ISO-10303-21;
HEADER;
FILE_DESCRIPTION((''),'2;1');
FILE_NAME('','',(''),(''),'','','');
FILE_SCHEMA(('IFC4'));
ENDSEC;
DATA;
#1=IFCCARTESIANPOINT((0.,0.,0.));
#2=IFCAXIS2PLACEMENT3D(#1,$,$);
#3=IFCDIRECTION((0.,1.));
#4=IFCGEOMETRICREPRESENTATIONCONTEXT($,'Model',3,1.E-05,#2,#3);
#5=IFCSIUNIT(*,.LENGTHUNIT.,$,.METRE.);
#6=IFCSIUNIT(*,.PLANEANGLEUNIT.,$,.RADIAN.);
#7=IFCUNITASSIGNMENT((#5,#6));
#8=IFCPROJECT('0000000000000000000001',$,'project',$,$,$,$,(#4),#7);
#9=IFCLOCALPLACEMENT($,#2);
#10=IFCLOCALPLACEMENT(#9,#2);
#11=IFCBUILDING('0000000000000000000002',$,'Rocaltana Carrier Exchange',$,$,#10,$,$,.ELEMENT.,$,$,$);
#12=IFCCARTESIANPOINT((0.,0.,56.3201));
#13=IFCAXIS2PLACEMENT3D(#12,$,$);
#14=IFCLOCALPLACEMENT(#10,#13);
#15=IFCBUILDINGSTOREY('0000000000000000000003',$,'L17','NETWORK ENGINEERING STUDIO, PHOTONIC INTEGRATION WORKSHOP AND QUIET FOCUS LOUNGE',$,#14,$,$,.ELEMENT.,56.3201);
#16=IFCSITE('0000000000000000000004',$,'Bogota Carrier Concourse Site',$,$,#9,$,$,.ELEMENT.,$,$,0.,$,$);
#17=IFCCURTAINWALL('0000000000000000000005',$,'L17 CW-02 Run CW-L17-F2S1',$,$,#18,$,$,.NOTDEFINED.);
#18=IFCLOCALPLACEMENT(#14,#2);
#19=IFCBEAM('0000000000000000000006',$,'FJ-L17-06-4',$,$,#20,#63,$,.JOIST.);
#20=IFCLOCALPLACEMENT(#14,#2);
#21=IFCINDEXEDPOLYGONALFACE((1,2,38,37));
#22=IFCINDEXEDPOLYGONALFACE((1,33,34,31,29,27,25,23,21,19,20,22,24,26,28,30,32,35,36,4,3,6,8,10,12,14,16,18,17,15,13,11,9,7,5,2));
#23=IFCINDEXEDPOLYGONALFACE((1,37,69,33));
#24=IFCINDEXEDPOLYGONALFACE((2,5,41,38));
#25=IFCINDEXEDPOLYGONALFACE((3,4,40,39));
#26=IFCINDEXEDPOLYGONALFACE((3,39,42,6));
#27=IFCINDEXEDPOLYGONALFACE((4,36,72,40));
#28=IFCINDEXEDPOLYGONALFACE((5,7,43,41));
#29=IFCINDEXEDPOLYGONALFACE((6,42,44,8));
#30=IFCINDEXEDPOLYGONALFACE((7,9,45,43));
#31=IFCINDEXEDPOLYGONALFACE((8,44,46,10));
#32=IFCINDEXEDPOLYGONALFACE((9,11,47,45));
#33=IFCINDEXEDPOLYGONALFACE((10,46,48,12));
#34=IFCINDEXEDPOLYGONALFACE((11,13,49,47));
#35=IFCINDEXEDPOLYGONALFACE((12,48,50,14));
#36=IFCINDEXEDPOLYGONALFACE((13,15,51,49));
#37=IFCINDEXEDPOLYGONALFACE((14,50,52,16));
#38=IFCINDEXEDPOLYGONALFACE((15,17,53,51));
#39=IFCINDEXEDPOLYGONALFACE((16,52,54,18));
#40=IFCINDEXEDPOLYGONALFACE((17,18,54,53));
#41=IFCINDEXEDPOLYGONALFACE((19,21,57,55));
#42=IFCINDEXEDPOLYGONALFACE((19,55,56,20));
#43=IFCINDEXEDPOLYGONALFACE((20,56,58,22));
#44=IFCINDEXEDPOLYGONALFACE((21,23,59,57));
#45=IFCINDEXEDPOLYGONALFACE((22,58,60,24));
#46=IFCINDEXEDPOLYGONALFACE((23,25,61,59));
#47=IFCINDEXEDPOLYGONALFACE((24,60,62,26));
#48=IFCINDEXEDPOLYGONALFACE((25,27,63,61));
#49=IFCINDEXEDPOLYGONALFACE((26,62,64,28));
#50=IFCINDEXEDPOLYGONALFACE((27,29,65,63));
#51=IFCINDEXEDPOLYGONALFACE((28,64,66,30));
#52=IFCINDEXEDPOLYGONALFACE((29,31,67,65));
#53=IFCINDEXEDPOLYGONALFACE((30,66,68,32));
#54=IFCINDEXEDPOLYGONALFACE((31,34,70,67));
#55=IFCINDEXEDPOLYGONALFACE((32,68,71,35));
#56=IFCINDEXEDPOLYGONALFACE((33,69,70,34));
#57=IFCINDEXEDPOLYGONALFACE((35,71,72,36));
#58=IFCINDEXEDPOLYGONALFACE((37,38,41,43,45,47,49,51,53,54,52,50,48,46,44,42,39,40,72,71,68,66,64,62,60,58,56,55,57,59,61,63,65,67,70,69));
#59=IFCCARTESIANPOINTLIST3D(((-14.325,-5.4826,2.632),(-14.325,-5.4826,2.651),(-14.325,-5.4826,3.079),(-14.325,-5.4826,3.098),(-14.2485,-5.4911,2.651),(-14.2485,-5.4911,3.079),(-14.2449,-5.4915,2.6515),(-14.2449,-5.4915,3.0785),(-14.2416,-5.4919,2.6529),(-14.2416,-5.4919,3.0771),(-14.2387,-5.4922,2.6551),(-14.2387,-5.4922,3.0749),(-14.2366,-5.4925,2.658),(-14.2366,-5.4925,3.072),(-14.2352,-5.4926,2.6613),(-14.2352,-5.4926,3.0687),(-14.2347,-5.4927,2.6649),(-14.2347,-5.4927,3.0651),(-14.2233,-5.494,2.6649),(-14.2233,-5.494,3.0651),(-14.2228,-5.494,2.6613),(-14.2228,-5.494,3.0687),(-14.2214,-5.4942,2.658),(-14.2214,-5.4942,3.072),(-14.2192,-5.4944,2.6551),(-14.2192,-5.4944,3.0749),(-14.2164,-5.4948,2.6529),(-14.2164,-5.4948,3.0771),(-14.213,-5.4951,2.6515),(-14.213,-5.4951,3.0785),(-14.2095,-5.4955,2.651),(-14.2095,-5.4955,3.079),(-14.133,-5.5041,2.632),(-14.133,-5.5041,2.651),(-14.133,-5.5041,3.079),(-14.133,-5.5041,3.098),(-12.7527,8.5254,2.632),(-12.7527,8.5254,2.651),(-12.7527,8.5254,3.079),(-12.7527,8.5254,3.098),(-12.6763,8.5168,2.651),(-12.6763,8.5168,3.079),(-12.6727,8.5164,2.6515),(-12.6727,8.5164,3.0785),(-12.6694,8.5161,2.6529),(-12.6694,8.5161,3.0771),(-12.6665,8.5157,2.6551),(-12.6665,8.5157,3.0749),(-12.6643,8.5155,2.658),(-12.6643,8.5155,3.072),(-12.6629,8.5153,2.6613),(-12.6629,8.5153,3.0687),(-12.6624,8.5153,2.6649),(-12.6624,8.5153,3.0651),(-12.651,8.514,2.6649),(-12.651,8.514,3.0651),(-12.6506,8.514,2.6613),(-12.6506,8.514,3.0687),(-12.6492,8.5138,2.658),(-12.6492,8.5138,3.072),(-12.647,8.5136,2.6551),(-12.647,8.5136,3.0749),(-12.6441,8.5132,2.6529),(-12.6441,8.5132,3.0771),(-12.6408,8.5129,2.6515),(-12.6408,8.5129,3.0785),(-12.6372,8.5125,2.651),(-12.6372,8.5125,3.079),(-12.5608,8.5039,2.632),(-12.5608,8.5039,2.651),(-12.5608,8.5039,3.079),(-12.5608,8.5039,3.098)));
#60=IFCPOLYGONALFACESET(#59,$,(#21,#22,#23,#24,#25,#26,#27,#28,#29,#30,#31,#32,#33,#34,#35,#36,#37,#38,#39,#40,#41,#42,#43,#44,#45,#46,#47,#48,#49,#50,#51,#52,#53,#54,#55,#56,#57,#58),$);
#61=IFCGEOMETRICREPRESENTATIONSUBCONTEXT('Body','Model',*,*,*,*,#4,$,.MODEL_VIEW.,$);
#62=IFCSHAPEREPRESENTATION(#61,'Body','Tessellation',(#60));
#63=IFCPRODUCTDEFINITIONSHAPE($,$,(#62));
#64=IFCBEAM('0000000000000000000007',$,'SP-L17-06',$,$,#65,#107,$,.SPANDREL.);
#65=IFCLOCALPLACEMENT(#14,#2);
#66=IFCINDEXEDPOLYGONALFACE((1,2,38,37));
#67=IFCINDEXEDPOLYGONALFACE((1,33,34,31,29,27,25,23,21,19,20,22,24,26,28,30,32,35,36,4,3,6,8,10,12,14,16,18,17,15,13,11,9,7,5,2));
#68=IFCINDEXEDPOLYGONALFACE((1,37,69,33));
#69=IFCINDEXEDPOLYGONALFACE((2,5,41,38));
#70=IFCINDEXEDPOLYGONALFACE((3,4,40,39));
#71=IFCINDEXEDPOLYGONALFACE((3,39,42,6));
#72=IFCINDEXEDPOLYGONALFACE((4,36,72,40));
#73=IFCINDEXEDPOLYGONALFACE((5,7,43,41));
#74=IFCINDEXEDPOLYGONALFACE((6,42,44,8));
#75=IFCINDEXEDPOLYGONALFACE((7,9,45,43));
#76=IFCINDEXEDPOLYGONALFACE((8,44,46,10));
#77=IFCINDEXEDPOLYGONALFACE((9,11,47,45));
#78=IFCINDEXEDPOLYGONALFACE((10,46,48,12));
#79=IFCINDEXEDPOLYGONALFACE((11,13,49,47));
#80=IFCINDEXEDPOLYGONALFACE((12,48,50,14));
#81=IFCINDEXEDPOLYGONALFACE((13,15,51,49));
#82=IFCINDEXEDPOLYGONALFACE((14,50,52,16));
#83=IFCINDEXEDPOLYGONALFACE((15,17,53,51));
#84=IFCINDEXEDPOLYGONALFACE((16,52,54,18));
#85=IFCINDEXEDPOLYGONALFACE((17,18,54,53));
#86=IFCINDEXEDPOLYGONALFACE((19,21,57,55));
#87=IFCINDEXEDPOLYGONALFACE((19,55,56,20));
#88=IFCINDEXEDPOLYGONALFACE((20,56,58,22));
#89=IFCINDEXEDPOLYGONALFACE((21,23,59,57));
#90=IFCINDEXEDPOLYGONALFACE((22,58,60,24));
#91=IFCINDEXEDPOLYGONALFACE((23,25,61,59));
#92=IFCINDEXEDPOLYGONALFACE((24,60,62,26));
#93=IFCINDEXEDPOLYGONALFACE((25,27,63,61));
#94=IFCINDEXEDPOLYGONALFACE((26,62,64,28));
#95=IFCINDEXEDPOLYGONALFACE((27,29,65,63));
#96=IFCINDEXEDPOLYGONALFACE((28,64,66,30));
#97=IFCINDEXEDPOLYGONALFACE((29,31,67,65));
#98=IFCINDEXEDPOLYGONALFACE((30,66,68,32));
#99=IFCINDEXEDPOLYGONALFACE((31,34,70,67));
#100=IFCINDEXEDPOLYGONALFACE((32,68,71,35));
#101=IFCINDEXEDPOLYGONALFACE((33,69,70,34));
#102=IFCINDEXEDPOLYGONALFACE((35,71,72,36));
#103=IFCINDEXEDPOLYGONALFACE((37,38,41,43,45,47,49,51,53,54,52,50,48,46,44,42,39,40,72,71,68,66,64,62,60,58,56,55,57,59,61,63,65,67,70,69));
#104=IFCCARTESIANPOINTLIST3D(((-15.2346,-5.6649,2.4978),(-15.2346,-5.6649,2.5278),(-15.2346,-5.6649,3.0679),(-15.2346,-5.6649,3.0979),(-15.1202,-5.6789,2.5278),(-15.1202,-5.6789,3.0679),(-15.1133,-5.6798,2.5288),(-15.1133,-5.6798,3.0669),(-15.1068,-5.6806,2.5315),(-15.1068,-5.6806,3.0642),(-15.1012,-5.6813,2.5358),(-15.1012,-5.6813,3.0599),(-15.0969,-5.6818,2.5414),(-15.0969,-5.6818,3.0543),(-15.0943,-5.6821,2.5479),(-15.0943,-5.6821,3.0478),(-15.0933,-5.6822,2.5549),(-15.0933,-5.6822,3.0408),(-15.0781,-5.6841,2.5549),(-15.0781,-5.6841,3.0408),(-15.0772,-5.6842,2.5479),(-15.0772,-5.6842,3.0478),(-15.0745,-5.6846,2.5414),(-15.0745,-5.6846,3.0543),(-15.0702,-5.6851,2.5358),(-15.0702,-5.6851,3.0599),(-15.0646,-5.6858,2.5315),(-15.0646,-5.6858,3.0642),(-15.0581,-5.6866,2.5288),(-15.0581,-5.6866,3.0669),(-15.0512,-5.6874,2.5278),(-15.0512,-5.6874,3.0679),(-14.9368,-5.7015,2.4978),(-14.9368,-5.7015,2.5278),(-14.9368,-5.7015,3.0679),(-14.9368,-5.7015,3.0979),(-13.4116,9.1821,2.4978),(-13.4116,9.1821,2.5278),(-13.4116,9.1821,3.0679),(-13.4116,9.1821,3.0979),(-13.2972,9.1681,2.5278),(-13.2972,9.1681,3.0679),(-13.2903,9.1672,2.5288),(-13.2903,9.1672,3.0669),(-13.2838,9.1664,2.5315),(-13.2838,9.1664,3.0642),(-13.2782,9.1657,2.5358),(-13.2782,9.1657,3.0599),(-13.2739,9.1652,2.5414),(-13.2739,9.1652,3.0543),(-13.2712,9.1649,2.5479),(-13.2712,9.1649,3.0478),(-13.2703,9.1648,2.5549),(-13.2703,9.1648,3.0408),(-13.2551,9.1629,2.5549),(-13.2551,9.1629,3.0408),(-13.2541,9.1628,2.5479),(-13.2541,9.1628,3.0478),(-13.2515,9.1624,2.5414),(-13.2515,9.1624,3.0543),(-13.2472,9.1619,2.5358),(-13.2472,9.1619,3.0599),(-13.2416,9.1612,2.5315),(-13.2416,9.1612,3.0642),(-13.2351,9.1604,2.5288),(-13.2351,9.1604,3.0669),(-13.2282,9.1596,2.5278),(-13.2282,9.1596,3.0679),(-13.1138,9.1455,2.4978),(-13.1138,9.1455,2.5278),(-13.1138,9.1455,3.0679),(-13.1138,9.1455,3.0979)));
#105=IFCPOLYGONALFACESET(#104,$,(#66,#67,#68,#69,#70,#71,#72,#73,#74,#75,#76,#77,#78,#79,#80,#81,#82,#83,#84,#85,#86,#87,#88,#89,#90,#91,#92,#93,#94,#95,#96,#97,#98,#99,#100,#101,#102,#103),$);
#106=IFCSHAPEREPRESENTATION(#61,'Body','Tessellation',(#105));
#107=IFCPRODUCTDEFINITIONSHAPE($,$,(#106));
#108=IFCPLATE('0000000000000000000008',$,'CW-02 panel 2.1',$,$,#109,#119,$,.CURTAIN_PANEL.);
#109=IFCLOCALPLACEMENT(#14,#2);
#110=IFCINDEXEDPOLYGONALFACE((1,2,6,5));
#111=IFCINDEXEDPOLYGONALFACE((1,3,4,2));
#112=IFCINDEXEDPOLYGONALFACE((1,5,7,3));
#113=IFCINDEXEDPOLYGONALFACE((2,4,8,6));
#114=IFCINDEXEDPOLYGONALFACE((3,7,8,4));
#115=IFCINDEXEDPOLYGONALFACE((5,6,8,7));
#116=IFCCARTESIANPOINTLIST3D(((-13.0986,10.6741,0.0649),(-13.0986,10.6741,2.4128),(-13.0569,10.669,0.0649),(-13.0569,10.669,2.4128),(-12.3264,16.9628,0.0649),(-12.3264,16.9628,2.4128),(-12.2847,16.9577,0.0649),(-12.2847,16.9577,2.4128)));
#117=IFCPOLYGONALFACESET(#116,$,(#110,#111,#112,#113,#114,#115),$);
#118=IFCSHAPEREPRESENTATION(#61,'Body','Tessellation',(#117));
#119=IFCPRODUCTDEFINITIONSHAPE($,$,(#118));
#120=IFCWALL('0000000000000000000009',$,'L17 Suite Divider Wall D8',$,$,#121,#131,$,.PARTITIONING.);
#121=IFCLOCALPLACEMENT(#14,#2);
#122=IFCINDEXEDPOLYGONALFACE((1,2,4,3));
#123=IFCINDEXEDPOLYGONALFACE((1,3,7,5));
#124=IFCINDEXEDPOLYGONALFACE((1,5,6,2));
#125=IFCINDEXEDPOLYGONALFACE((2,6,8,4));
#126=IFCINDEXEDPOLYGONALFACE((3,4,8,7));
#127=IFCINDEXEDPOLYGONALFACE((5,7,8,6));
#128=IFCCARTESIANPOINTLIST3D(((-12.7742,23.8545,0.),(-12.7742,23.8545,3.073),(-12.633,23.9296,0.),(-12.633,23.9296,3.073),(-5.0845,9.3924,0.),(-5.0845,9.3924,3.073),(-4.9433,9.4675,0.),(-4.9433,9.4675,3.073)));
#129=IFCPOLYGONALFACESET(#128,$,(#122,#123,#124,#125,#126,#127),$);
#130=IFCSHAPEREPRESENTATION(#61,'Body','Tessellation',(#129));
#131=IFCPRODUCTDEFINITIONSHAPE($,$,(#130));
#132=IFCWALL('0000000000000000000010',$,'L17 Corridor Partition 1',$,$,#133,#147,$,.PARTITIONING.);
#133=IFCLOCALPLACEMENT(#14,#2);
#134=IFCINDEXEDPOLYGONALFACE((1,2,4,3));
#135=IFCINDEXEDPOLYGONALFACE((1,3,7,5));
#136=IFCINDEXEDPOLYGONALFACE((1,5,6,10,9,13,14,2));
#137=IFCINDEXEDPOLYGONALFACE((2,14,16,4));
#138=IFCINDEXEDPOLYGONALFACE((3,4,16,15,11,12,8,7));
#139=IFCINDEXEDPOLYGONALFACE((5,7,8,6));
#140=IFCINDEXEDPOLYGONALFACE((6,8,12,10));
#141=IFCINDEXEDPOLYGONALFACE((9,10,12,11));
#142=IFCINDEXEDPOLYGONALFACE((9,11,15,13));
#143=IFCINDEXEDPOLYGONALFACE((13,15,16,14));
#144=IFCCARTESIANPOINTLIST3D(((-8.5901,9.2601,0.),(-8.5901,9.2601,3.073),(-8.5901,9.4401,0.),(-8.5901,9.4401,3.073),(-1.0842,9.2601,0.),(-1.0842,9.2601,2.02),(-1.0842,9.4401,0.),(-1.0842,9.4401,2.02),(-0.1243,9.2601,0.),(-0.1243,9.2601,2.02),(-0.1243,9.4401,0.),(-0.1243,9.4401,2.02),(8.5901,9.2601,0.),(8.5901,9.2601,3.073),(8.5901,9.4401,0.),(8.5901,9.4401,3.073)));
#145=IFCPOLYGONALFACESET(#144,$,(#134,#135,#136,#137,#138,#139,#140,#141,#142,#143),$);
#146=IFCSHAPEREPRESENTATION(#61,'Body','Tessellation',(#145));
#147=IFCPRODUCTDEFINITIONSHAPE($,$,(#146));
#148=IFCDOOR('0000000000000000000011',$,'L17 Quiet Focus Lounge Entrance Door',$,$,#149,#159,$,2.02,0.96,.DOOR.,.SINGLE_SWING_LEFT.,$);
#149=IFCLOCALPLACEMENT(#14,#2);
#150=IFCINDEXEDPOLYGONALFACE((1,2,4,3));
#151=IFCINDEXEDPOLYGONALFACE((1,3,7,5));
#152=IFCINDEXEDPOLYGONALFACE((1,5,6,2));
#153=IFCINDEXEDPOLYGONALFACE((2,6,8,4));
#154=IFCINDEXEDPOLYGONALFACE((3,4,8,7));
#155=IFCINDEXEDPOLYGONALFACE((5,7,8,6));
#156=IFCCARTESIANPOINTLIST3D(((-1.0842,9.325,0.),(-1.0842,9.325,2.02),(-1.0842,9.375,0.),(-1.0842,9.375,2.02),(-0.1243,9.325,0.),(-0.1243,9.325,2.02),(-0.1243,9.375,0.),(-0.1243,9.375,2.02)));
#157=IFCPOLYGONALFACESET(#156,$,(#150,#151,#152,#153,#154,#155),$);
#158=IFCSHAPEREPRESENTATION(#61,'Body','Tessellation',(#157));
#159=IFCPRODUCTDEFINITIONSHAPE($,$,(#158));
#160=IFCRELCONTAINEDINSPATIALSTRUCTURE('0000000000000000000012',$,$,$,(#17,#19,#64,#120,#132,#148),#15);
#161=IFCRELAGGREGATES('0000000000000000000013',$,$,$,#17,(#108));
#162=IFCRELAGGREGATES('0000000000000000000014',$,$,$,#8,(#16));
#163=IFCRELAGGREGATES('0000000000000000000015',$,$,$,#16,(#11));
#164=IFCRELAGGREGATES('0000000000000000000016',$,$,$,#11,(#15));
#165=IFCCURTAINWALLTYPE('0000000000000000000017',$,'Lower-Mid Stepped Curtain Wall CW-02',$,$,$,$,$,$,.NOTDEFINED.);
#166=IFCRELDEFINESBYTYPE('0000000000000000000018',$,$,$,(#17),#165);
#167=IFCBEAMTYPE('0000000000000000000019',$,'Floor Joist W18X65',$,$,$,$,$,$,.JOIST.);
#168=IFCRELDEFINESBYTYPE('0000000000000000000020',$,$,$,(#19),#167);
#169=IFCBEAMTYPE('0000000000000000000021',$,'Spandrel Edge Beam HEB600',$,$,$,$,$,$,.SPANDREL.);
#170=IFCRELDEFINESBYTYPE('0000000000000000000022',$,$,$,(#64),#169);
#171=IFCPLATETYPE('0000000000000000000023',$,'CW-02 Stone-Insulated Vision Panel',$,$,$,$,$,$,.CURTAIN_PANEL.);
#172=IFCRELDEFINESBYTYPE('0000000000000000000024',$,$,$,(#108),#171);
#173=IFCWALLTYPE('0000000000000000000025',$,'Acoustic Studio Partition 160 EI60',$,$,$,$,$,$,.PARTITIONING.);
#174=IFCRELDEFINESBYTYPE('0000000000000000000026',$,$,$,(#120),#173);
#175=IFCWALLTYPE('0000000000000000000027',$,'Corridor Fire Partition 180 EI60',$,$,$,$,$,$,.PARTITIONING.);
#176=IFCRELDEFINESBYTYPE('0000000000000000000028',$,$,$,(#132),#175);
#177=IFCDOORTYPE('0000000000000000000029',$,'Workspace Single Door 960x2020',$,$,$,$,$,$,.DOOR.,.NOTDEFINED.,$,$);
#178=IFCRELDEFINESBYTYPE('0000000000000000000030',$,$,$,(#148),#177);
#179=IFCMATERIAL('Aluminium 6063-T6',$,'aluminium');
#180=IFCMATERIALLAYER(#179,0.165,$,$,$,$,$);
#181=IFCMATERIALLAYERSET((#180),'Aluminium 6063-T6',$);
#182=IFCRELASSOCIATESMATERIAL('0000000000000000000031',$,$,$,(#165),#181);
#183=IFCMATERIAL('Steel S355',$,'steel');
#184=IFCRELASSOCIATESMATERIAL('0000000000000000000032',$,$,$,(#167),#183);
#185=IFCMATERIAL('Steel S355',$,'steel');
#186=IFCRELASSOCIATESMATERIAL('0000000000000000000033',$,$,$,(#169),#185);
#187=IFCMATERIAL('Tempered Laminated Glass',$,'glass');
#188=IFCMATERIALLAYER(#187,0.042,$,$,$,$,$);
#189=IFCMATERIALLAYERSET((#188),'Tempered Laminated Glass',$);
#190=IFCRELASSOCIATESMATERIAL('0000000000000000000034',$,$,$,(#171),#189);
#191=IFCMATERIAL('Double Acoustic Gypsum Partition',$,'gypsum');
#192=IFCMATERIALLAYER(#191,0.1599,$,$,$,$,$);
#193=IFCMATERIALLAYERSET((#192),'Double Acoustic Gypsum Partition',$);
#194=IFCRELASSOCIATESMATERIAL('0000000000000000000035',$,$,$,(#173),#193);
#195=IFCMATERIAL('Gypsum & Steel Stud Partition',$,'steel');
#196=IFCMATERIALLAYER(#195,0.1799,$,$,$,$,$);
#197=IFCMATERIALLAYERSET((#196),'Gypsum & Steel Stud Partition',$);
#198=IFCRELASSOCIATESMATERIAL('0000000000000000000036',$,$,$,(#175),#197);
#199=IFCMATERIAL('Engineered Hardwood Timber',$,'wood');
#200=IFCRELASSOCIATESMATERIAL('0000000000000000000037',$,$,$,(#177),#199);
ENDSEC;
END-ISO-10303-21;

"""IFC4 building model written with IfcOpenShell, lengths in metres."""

from ifc_helpers import new_model, si_unit, direction, frame, frame_2d, origin, origin_2d, place, context, subcontext, project, spatial, rectangle, i_section, extrude, material, layer, layer_set, material_profile, profile_set, type_object, element, fill, aggregate, save


model = new_model("IFC4")

# Units and contexts
model_context = context("Model", 3, precision=1e-05, world=origin(), true_north=direction((0.0, 1.0)))
body_context = subcontext(model_context, "Body", "Model", "MODEL_VIEW")
ifc_project = project(units=[si_unit("LENGTHUNIT", "METRE"), si_unit("PLANEANGLEUNIT", "RADIAN")], contexts=[model_context])

# Site, building, storey
site_placement = place(None, origin())
site = spatial("IfcSite", under=ifc_project, at=site_placement, Name="Bogota Carrier Concourse Site", CompositionType="ELEMENT", RefElevation=0.0)
building_placement = place(site_placement, origin())
building = spatial("IfcBuilding", under=site, at=building_placement, Name="Rocaltana Carrier Exchange", CompositionType="ELEMENT")
storey_placement = place(building_placement, frame((0.0, 0.0, 56.3201)))
storey = spatial("IfcBuildingStorey", under=building, at=storey_placement, Name="L17", Description="NETWORK ENGINEERING STUDIO, PHOTONIC INTEGRATION WORKSHOP AND QUIET FOCUS LOUNGE", CompositionType="ELEMENT", Elevation=56.3201)

# Curtain wall
ifc_material_1 = material(Name="Aluminium 6063-T6", Category="aluminium")
ifc_layer_1 = layer(ifc_material_1, 0.165)
ifc_layer_set_1 = layer_set([ifc_layer_1], Name="Aluminium 6063-T6")
curtain_wall_type = type_object("IfcCurtainWallType", Name="Lower-Mid Stepped Curtain Wall CW-02", PredefinedType="NOTDEFINED", material=ifc_layer_set_1)
curtain_wall_1_placement = place(storey_placement, origin())
curtain_wall_1 = element("IfcCurtainWall", 1, at=curtain_wall_1_placement, inside=storey, type_object=curtain_wall_type, Name="L17 CW-02 Run CW-L17-F2S1", PredefinedType="NOTDEFINED")

# Beams
ifc_material_2 = material(Name="Steel S355", Category="steel")
ifc_material_profile_1 = material_profile(ifc_material_2, i_section(OverallWidth=0.1931, OverallDepth=0.4661, WebThickness=0.0115, FlangeThickness=0.019, FilletRadius=0.0139, at=origin_2d()), Name="W18X65")
ifc_profile_set_1 = profile_set([ifc_material_profile_1], Name="Steel S355")
beam_type_1 = type_object("IfcBeamType", Name="Floor Joist W18X65", PredefinedType="JOIST", material=ifc_profile_set_1)
beam_1_placement = place(storey_placement, frame((-12.6567, 8.5146, 2.865), z_axis=(-0.11154, -0.99376, 0.0), x_axis=(0.99376, -0.11154, 0.0)))
element("IfcBeam", 2, at=beam_1_placement, inside=storey, type_object=beam_type_1, Name="FJ-L17-06-4", PredefinedType="JOIST", context=body_context, shape_type="SweptSolid", body=[
    extrude(i_section(OverallWidth=0.1931, OverallDepth=0.4661, WebThickness=0.0115, FlangeThickness=0.019, FilletRadius=0.0139, at=origin_2d()), origin(), (0.0, 0.0, 1.0), 14.0959),
])
ifc_material_3 = material(Name="Steel S355", Category="steel")
ifc_material_profile_2 = material_profile(ifc_material_3, i_section(OverallWidth=0.3, OverallDepth=0.6001, WebThickness=0.0154, FlangeThickness=0.03, FilletRadius=0.0271, at=origin_2d()), Name="HEB600")
ifc_profile_set_2 = profile_set([ifc_material_profile_2], Name="Steel S355")
beam_type_2 = type_object("IfcBeamType", Name="Spandrel Edge Beam HEB600", PredefinedType="SPANDREL", material=ifc_profile_set_2)
beam_2_placement = place(storey_placement, frame((-13.2627, 9.1638, 2.7979), z_axis=(-0.121871, -0.992546, 0.0), x_axis=(0.992546, -0.121871, 0.0)))
element("IfcBeam", 3, at=beam_2_placement, inside=storey, type_object=beam_type_2, Name="SP-L17-06", PredefinedType="SPANDREL", context=body_context, shape_type="SweptSolid", body=[
    extrude(i_section(OverallWidth=0.3, OverallDepth=0.6001, WebThickness=0.0154, FlangeThickness=0.03, FilletRadius=0.0271, at=origin_2d()), origin(), (0.0, 0.0, 1.0), 14.9585),
])

# Plate
ifc_material_4 = material(Name="Tempered Laminated Glass", Category="glass")
ifc_layer_2 = layer(ifc_material_4, 0.042)
ifc_layer_set_2 = layer_set([ifc_layer_2], Name="Tempered Laminated Glass")
plate_type = type_object("IfcPlateType", Name="CW-02 Stone-Insulated Vision Panel", PredefinedType="CURTAIN_PANEL", material=ifc_layer_set_2)
plate_placement = place(storey_placement, frame((-12.6917, 13.8159, 0.0649), z_axis=(0.0, 0.0, 1.0), x_axis=(-0.121873, -0.992546, 0.0)))
plate = element("IfcPlate", 4, at=plate_placement, type_object=plate_type, Name="CW-02 panel 2.1", PredefinedType="CURTAIN_PANEL", context=body_context, shape_type="SweptSolid", body=[
    extrude(rectangle(XDim=6.3359, YDim=0.042, at=origin_2d()), origin(), (0.0, 0.0, 1.0), 2.3479),
])
aggregate(curtain_wall_1, [plate])

# Wall
ifc_material_5 = material(Name="Double Acoustic Gypsum Partition", Category="gypsum")
ifc_layer_3 = layer(ifc_material_5, 0.1599)
ifc_layer_set_3 = layer_set([ifc_layer_3], Name="Double Acoustic Gypsum Partition")
wall_type_1 = type_object("IfcWallType", Name="Acoustic Studio Partition 160 EI60", PredefinedType="PARTITIONING", material=ifc_layer_set_3)
wall_1_placement = place(storey_placement, frame((-5.0139, 9.4299, 0.0), z_axis=(0.0, 0.0, 1.0), x_axis=(-0.469473, 0.882947, 0.0)))
element("IfcWall", 5, at=wall_1_placement, inside=storey, type_object=wall_type_1, Name="L17 Suite Divider Wall D8", PredefinedType="PARTITIONING", context=body_context, shape_type="SweptSolid", body=[
    extrude(rectangle(XDim=16.3794, YDim=0.1599, at=frame_2d((8.1897, 0.0))), origin(), (0.0, 0.0, 1.0), 3.073),
])

# Wall, opening, door
ifc_material_6 = material(Name="Gypsum & Steel Stud Partition", Category="steel")
ifc_layer_4 = layer(ifc_material_6, 0.1799)
ifc_layer_set_4 = layer_set([ifc_layer_4], Name="Gypsum & Steel Stud Partition")
wall_type_2 = type_object("IfcWallType", Name="Corridor Fire Partition 180 EI60", PredefinedType="PARTITIONING", material=ifc_layer_set_4)
wall_2_placement = place(storey_placement, frame((-8.5901, 9.3501, 0.0), z_axis=(0.0, 0.0, 1.0), x_axis=(1.0, 0.0, 0.0)))
wall_2 = element("IfcWall", 6, at=wall_2_placement, inside=storey, type_object=wall_type_2, Name="L17 Corridor Partition 1", PredefinedType="PARTITIONING", context=body_context, shape_type="SweptSolid", body=[
    extrude(rectangle(XDim=17.1802, YDim=0.1799, at=frame_2d((8.5901, 0.0))), origin(), (0.0, 0.0, 1.0), 3.073),
])
opening_1_placement = place(wall_2_placement, frame((7.5059, 0.0, 0.0)))
opening_1 = element("IfcOpeningElement", 7, at=opening_1_placement, cuts=wall_2, PredefinedType="OPENING", context=body_context, shape_type="SweptSolid", body=[
    extrude(rectangle(XDim=0.96, YDim=2.02, at=frame_2d((0.48, 1.01))), frame((0.0, 0.0999, 0.0), z_axis=(0.0, -1.0, 0.0), x_axis=(1.0, 0.0, 0.0)), (0.0, 0.0, 1.0), 0.2),
])
ifc_material_7 = material(Name="Engineered Hardwood Timber", Category="wood")
door_type_1 = type_object("IfcDoorType", Name="Workspace Single Door 960x2020", OperationType="NOTDEFINED", PredefinedType="DOOR", material=ifc_material_7)
door_1_placement = place(opening_1_placement, origin())
door_1 = element("IfcDoor", 8, at=door_1_placement, inside=storey, type_object=door_type_1, Name="L17 Quiet Focus Lounge Entrance Door", OperationType="SINGLE_SWING_LEFT", OverallHeight=2.02, OverallWidth=0.96, PredefinedType="DOOR", context=body_context, shape_type="SweptSolid", body=[
    extrude(rectangle(XDim=0.96, YDim=2.02, at=frame_2d((0.48, 1.01))), frame((0.0, 0.0249, 0.0), z_axis=(0.0, -1.0, 0.0), x_axis=(1.0, 0.0, 0.0)), (0.0, 0.0, 1.0), 0.05),
])
fill(opening_1, door_1)

save(model, "model.ifc")
